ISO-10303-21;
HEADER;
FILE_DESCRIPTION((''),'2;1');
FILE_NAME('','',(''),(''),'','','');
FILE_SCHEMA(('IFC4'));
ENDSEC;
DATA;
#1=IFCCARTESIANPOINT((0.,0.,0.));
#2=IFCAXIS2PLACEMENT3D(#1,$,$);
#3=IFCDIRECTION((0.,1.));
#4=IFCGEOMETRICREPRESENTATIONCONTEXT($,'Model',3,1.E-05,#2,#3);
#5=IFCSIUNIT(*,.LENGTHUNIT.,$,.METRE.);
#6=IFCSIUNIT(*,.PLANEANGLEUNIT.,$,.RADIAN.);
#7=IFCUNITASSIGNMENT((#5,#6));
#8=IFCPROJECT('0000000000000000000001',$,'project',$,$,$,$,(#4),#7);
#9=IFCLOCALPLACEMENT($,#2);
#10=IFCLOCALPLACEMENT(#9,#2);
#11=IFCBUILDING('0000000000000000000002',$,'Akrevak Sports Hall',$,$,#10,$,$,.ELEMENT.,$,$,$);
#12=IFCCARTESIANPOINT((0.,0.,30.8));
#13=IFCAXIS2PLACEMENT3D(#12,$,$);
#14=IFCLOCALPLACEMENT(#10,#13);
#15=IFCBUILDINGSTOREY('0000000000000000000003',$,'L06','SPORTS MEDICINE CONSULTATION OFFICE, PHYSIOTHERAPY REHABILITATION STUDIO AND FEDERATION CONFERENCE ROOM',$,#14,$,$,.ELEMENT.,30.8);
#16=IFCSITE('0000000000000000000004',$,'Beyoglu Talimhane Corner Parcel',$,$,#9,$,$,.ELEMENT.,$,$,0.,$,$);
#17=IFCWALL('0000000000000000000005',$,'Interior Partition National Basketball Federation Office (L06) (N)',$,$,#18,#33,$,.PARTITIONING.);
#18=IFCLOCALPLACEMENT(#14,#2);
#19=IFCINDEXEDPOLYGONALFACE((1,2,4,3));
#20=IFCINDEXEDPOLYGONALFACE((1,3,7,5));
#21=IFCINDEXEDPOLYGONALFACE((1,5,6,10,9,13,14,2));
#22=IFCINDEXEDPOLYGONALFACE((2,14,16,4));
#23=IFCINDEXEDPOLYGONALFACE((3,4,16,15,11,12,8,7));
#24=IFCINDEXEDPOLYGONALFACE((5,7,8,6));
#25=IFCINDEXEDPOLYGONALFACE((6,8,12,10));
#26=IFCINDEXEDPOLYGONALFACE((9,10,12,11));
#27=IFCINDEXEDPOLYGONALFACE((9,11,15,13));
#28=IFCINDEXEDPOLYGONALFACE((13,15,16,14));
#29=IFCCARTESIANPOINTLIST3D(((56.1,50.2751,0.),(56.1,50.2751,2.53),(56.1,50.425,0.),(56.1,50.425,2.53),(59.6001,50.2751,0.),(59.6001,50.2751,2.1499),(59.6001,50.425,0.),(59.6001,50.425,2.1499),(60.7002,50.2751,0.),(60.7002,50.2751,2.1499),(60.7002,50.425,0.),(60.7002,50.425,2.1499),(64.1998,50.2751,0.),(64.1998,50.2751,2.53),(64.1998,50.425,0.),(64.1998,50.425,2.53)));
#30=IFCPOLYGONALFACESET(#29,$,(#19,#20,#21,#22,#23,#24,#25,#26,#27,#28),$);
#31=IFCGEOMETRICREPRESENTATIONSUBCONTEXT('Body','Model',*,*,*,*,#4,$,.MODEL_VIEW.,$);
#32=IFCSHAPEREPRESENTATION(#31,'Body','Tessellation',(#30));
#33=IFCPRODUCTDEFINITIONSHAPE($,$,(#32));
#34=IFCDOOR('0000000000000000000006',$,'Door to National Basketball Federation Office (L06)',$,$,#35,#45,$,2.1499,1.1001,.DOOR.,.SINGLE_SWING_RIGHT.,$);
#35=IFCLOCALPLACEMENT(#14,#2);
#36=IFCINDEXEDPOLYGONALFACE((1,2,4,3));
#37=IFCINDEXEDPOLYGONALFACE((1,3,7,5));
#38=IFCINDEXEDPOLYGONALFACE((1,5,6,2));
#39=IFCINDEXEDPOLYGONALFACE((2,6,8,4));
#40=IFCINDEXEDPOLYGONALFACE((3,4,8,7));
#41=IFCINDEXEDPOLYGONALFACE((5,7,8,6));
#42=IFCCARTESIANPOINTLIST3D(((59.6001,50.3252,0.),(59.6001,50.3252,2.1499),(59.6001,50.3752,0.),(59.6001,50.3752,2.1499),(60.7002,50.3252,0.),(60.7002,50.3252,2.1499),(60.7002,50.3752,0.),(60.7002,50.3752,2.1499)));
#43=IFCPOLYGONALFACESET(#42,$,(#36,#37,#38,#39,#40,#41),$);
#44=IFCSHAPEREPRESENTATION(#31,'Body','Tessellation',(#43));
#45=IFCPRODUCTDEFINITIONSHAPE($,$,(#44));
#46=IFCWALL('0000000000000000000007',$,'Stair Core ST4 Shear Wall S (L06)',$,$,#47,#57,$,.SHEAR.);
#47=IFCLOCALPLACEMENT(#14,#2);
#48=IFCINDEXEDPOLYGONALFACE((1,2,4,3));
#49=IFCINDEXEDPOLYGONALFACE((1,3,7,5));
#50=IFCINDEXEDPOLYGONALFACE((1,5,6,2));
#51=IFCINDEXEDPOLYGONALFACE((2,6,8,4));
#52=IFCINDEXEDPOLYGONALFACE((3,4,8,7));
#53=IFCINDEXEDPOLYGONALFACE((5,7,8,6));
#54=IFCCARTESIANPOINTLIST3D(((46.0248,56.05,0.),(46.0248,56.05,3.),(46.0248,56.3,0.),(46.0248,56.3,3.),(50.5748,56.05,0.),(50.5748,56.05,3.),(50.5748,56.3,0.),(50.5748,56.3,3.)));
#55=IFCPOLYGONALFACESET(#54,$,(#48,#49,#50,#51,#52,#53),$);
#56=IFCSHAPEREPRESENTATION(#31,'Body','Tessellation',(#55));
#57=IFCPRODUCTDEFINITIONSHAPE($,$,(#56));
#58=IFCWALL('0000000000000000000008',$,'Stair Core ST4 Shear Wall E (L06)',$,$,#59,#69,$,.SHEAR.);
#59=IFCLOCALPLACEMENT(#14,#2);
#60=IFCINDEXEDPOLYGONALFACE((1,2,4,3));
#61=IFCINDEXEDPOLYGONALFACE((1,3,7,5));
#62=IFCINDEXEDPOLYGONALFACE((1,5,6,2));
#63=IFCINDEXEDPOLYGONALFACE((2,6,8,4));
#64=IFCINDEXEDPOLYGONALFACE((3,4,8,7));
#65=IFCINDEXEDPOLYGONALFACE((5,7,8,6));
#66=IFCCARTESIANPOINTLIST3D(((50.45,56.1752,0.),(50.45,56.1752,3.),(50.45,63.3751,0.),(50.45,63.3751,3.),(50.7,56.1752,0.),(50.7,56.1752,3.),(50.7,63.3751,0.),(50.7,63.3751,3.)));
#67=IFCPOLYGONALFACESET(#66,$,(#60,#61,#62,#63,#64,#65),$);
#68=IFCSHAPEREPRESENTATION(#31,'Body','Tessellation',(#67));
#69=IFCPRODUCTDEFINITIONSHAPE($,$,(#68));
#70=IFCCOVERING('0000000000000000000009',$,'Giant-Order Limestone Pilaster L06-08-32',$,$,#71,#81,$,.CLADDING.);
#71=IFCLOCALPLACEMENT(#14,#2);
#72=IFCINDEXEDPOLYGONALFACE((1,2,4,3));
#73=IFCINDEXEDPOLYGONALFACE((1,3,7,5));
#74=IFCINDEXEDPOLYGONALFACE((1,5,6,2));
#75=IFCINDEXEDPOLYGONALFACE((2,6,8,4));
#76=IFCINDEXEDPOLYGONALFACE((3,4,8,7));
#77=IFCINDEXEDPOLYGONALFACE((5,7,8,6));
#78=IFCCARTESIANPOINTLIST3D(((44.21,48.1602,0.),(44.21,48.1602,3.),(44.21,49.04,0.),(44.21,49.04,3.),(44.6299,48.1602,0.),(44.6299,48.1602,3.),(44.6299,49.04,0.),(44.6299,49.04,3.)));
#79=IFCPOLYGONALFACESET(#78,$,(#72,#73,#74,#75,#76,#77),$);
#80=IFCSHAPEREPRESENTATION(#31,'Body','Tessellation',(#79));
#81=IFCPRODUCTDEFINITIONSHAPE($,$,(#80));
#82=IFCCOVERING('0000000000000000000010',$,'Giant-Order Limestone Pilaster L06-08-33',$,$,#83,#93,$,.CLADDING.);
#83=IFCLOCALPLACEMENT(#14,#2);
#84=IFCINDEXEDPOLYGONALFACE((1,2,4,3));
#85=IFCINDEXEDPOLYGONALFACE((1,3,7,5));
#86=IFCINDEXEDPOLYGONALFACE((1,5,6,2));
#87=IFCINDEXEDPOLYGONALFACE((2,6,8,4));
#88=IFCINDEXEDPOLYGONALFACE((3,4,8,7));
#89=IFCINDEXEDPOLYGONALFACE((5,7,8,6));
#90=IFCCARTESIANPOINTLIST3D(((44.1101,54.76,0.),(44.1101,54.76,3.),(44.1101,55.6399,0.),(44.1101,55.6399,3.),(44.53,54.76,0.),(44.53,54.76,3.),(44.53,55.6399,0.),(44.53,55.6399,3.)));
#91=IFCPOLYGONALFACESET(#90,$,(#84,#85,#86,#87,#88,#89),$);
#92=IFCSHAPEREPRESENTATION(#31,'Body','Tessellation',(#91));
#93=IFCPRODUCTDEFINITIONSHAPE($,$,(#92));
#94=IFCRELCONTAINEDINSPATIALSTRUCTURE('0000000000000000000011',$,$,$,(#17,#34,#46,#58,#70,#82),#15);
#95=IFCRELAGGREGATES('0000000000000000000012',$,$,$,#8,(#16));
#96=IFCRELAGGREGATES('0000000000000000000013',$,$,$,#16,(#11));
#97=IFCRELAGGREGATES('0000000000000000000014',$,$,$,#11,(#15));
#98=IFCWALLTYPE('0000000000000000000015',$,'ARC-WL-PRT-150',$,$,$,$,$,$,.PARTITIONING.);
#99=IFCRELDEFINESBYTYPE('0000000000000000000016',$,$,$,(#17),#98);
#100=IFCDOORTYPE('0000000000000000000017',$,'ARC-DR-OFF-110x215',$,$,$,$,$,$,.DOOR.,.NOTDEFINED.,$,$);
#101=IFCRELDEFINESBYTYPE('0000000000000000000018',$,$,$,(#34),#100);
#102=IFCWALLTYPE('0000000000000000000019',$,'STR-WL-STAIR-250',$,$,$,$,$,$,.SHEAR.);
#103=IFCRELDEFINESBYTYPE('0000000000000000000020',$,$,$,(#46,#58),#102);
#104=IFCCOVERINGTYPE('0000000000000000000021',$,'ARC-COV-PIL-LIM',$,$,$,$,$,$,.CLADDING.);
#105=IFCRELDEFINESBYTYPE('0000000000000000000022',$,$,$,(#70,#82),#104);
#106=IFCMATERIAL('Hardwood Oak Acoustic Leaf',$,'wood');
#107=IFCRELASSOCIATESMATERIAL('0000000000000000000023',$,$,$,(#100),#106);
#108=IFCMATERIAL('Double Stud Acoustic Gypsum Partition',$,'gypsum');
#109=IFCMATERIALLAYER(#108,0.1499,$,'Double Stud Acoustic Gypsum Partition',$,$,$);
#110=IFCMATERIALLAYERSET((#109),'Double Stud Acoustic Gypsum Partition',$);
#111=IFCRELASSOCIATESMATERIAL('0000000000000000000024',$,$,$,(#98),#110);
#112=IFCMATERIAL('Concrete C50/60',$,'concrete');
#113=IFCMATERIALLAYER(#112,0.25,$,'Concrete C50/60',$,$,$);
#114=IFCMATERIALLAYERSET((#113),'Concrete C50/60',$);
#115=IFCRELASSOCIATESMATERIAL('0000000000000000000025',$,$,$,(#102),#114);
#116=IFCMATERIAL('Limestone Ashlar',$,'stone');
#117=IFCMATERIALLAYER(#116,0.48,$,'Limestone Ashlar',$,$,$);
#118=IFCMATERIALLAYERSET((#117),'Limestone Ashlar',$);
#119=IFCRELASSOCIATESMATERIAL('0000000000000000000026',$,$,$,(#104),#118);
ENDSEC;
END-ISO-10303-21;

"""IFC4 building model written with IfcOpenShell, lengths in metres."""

from ifc_helpers import new_model, si_unit, direction, frame, frame_2d, origin, origin_2d, place, context, subcontext, project, spatial, rectangle, extrude, material, layer, layer_set, type_object, element, fill, save


model = new_model("IFC4")

# Units and contexts
model_context = context("Model", 3, precision=1e-05, world=origin(), true_north=direction((0.0, 1.0)))
body_context = subcontext(model_context, "Body", "Model", "MODEL_VIEW")
ifc_project = project(units=[si_unit("LENGTHUNIT", "METRE"), si_unit("PLANEANGLEUNIT", "RADIAN")], contexts=[model_context])

# Site, building, storey
site_placement = place(None, origin())
site = spatial("IfcSite", under=ifc_project, at=site_placement, Name="Beyoglu Talimhane Corner Parcel", CompositionType="ELEMENT", RefElevation=0.0)
building_placement = place(site_placement, origin())
building = spatial("IfcBuilding", under=site, at=building_placement, Name="Akrevak Sports Hall", CompositionType="ELEMENT")
storey_placement = place(building_placement, frame((0.0, 0.0, 30.8)))
storey = spatial("IfcBuildingStorey", under=building, at=storey_placement, Name="L06", Description="SPORTS MEDICINE CONSULTATION OFFICE, PHYSIOTHERAPY REHABILITATION STUDIO AND FEDERATION CONFERENCE ROOM", CompositionType="ELEMENT", Elevation=30.8)

# Shared definitions
ifc_material_1 = material(Name="Concrete C50/60", Category="concrete")

# Shared definitions
ifc_material_2 = material(Name="Hardwood Oak Acoustic Leaf", Category="wood")
door_type_1 = type_object("IfcDoorType", Name="ARC-DR-OFF-110x215", OperationType="NOTDEFINED", PredefinedType="DOOR", material=ifc_material_2)

# Wall, opening, door
ifc_material_3 = material(Name="Double Stud Acoustic Gypsum Partition", Category="gypsum")
ifc_layer_1 = layer(ifc_material_3, 0.1499, Name="Double Stud Acoustic Gypsum Partition")
ifc_layer_set_1 = layer_set([ifc_layer_1], Name="Double Stud Acoustic Gypsum Partition")
wall_type_1 = type_object("IfcWallType", Name="ARC-WL-PRT-150", PredefinedType="PARTITIONING", material=ifc_layer_set_1)
wall_1_placement = place(storey_placement, frame((56.1001, 50.3501, 0.0), z_axis=(0.0, 0.0, 1.0), x_axis=(1.0, 0.0, 0.0)))
wall_1 = element("IfcWall", 1, at=wall_1_placement, inside=storey, type_object=wall_type_1, Name="Interior Partition National Basketball Federation Office (L06) (N)", PredefinedType="PARTITIONING", context=body_context, shape_type="SweptSolid", body=[
    extrude(rectangle(XDim=8.0999, YDim=0.1499, at=frame_2d((4.0498, 0.0))), origin(), (0.0, 0.0, 1.0), 2.53),
])
opening_1_placement = place(wall_1_placement, frame((3.5, 0.0, 0.0)))
opening_1 = element("IfcOpeningElement", 2, at=opening_1_placement, cuts=wall_1, PredefinedType="OPENING", context=body_context, shape_type="SweptSolid", body=[
    extrude(rectangle(XDim=1.1001, YDim=2.1499, at=frame_2d((0.55, 1.075))), frame((0.0, 0.0869, 0.0), z_axis=(0.0, -1.0, 0.0), x_axis=(1.0, 0.0, 0.0)), (0.0, 0.0, 1.0), 0.1738),
])
door_1_placement = place(opening_1_placement, frame((1.1001, 0.0, 0.0), z_axis=(0.0, 0.0, 1.0), x_axis=(-1.0, 0.0, 0.0)))
door_1 = element("IfcDoor", 3, at=door_1_placement, inside=storey, type_object=door_type_1, Name="Door to National Basketball Federation Office (L06)", OperationType="SINGLE_SWING_RIGHT", OverallHeight=2.1499, OverallWidth=1.1001, PredefinedType="DOOR", context=body_context, shape_type="SweptSolid", body=[
    extrude(rectangle(XDim=1.1001, YDim=2.1499, at=frame_2d((0.55, 1.075))), frame((0.0, 0.0249, 0.0), z_axis=(0.0, -1.0, 0.0), x_axis=(1.0, 0.0, 0.0)), (0.0, 0.0, 1.0), 0.05),
])
fill(opening_1, door_1)

# Walls
ifc_layer_2 = layer(ifc_material_1, 0.25, Name="Concrete C50/60")
ifc_layer_set_2 = layer_set([ifc_layer_2], Name="Concrete C50/60")
wall_type_2 = type_object("IfcWallType", Name="STR-WL-STAIR-250", PredefinedType="SHEAR", material=ifc_layer_set_2)
wall_2_placement = place(storey_placement, frame((46.0249, 56.175, 0.0), z_axis=(0.0, 0.0, 1.0), x_axis=(1.0, 0.0, 0.0)))
element("IfcWall", 4, at=wall_2_placement, inside=storey, type_object=wall_type_2, Name="Stair Core ST4 Shear Wall S (L06)", PredefinedType="SHEAR", context=body_context, shape_type="SweptSolid", body=[
    extrude(rectangle(XDim=4.55, YDim=0.25, at=frame_2d((2.2749, 0.0))), origin(), (0.0, 0.0, 1.0), 3.0),
])
wall_3_placement = place(storey_placement, frame((50.575, 56.175, 0.0), z_axis=(0.0, 0.0, 1.0), x_axis=(0.0, 1.0, 0.0)))
element("IfcWall", 5, at=wall_3_placement, inside=storey, type_object=wall_type_2, Name="Stair Core ST4 Shear Wall E (L06)", PredefinedType="SHEAR", context=body_context, shape_type="SweptSolid", body=[
    extrude(rectangle(XDim=7.2, YDim=0.25, at=frame_2d((3.6001, 0.0))), origin(), (0.0, 0.0, 1.0), 3.0),
])

# Coverings
ifc_material_4 = material(Name="Limestone Ashlar", Category="stone")
ifc_layer_3 = layer(ifc_material_4, 0.48, Name="Limestone Ashlar")
ifc_layer_set_3 = layer_set([ifc_layer_3], Name="Limestone Ashlar")
covering_type = type_object("IfcCoveringType", Name="ARC-COV-PIL-LIM", PredefinedType="CLADDING", material=ifc_layer_set_3)
for number, where, z_axis, x_axis, name in (
    (6, (44.4199, 48.6001, 0.0), (0.0, 0.0, 1.0), (0.0, -1.0, 0.0), "Giant-Order Limestone Pilaster L06-08-32"),
    (7, (44.3201, 55.2, 0.0), (0.0, 0.0, 1.0), (0.0, -1.0, 0.0), "Giant-Order Limestone Pilaster L06-08-33"),
):
    element("IfcCovering", number, at=place(storey_placement, frame(where, z_axis=z_axis, x_axis=x_axis)), inside=storey, type_object=covering_type, Name=name, PredefinedType="CLADDING", context=body_context, shape_type="SweptSolid", body=[
        extrude(rectangle(XDim=0.8799, YDim=0.4199, at=origin_2d()), origin(), (0.0, 0.0, 1.0), 3.0),
    ])

save(model, "model.ifc")
